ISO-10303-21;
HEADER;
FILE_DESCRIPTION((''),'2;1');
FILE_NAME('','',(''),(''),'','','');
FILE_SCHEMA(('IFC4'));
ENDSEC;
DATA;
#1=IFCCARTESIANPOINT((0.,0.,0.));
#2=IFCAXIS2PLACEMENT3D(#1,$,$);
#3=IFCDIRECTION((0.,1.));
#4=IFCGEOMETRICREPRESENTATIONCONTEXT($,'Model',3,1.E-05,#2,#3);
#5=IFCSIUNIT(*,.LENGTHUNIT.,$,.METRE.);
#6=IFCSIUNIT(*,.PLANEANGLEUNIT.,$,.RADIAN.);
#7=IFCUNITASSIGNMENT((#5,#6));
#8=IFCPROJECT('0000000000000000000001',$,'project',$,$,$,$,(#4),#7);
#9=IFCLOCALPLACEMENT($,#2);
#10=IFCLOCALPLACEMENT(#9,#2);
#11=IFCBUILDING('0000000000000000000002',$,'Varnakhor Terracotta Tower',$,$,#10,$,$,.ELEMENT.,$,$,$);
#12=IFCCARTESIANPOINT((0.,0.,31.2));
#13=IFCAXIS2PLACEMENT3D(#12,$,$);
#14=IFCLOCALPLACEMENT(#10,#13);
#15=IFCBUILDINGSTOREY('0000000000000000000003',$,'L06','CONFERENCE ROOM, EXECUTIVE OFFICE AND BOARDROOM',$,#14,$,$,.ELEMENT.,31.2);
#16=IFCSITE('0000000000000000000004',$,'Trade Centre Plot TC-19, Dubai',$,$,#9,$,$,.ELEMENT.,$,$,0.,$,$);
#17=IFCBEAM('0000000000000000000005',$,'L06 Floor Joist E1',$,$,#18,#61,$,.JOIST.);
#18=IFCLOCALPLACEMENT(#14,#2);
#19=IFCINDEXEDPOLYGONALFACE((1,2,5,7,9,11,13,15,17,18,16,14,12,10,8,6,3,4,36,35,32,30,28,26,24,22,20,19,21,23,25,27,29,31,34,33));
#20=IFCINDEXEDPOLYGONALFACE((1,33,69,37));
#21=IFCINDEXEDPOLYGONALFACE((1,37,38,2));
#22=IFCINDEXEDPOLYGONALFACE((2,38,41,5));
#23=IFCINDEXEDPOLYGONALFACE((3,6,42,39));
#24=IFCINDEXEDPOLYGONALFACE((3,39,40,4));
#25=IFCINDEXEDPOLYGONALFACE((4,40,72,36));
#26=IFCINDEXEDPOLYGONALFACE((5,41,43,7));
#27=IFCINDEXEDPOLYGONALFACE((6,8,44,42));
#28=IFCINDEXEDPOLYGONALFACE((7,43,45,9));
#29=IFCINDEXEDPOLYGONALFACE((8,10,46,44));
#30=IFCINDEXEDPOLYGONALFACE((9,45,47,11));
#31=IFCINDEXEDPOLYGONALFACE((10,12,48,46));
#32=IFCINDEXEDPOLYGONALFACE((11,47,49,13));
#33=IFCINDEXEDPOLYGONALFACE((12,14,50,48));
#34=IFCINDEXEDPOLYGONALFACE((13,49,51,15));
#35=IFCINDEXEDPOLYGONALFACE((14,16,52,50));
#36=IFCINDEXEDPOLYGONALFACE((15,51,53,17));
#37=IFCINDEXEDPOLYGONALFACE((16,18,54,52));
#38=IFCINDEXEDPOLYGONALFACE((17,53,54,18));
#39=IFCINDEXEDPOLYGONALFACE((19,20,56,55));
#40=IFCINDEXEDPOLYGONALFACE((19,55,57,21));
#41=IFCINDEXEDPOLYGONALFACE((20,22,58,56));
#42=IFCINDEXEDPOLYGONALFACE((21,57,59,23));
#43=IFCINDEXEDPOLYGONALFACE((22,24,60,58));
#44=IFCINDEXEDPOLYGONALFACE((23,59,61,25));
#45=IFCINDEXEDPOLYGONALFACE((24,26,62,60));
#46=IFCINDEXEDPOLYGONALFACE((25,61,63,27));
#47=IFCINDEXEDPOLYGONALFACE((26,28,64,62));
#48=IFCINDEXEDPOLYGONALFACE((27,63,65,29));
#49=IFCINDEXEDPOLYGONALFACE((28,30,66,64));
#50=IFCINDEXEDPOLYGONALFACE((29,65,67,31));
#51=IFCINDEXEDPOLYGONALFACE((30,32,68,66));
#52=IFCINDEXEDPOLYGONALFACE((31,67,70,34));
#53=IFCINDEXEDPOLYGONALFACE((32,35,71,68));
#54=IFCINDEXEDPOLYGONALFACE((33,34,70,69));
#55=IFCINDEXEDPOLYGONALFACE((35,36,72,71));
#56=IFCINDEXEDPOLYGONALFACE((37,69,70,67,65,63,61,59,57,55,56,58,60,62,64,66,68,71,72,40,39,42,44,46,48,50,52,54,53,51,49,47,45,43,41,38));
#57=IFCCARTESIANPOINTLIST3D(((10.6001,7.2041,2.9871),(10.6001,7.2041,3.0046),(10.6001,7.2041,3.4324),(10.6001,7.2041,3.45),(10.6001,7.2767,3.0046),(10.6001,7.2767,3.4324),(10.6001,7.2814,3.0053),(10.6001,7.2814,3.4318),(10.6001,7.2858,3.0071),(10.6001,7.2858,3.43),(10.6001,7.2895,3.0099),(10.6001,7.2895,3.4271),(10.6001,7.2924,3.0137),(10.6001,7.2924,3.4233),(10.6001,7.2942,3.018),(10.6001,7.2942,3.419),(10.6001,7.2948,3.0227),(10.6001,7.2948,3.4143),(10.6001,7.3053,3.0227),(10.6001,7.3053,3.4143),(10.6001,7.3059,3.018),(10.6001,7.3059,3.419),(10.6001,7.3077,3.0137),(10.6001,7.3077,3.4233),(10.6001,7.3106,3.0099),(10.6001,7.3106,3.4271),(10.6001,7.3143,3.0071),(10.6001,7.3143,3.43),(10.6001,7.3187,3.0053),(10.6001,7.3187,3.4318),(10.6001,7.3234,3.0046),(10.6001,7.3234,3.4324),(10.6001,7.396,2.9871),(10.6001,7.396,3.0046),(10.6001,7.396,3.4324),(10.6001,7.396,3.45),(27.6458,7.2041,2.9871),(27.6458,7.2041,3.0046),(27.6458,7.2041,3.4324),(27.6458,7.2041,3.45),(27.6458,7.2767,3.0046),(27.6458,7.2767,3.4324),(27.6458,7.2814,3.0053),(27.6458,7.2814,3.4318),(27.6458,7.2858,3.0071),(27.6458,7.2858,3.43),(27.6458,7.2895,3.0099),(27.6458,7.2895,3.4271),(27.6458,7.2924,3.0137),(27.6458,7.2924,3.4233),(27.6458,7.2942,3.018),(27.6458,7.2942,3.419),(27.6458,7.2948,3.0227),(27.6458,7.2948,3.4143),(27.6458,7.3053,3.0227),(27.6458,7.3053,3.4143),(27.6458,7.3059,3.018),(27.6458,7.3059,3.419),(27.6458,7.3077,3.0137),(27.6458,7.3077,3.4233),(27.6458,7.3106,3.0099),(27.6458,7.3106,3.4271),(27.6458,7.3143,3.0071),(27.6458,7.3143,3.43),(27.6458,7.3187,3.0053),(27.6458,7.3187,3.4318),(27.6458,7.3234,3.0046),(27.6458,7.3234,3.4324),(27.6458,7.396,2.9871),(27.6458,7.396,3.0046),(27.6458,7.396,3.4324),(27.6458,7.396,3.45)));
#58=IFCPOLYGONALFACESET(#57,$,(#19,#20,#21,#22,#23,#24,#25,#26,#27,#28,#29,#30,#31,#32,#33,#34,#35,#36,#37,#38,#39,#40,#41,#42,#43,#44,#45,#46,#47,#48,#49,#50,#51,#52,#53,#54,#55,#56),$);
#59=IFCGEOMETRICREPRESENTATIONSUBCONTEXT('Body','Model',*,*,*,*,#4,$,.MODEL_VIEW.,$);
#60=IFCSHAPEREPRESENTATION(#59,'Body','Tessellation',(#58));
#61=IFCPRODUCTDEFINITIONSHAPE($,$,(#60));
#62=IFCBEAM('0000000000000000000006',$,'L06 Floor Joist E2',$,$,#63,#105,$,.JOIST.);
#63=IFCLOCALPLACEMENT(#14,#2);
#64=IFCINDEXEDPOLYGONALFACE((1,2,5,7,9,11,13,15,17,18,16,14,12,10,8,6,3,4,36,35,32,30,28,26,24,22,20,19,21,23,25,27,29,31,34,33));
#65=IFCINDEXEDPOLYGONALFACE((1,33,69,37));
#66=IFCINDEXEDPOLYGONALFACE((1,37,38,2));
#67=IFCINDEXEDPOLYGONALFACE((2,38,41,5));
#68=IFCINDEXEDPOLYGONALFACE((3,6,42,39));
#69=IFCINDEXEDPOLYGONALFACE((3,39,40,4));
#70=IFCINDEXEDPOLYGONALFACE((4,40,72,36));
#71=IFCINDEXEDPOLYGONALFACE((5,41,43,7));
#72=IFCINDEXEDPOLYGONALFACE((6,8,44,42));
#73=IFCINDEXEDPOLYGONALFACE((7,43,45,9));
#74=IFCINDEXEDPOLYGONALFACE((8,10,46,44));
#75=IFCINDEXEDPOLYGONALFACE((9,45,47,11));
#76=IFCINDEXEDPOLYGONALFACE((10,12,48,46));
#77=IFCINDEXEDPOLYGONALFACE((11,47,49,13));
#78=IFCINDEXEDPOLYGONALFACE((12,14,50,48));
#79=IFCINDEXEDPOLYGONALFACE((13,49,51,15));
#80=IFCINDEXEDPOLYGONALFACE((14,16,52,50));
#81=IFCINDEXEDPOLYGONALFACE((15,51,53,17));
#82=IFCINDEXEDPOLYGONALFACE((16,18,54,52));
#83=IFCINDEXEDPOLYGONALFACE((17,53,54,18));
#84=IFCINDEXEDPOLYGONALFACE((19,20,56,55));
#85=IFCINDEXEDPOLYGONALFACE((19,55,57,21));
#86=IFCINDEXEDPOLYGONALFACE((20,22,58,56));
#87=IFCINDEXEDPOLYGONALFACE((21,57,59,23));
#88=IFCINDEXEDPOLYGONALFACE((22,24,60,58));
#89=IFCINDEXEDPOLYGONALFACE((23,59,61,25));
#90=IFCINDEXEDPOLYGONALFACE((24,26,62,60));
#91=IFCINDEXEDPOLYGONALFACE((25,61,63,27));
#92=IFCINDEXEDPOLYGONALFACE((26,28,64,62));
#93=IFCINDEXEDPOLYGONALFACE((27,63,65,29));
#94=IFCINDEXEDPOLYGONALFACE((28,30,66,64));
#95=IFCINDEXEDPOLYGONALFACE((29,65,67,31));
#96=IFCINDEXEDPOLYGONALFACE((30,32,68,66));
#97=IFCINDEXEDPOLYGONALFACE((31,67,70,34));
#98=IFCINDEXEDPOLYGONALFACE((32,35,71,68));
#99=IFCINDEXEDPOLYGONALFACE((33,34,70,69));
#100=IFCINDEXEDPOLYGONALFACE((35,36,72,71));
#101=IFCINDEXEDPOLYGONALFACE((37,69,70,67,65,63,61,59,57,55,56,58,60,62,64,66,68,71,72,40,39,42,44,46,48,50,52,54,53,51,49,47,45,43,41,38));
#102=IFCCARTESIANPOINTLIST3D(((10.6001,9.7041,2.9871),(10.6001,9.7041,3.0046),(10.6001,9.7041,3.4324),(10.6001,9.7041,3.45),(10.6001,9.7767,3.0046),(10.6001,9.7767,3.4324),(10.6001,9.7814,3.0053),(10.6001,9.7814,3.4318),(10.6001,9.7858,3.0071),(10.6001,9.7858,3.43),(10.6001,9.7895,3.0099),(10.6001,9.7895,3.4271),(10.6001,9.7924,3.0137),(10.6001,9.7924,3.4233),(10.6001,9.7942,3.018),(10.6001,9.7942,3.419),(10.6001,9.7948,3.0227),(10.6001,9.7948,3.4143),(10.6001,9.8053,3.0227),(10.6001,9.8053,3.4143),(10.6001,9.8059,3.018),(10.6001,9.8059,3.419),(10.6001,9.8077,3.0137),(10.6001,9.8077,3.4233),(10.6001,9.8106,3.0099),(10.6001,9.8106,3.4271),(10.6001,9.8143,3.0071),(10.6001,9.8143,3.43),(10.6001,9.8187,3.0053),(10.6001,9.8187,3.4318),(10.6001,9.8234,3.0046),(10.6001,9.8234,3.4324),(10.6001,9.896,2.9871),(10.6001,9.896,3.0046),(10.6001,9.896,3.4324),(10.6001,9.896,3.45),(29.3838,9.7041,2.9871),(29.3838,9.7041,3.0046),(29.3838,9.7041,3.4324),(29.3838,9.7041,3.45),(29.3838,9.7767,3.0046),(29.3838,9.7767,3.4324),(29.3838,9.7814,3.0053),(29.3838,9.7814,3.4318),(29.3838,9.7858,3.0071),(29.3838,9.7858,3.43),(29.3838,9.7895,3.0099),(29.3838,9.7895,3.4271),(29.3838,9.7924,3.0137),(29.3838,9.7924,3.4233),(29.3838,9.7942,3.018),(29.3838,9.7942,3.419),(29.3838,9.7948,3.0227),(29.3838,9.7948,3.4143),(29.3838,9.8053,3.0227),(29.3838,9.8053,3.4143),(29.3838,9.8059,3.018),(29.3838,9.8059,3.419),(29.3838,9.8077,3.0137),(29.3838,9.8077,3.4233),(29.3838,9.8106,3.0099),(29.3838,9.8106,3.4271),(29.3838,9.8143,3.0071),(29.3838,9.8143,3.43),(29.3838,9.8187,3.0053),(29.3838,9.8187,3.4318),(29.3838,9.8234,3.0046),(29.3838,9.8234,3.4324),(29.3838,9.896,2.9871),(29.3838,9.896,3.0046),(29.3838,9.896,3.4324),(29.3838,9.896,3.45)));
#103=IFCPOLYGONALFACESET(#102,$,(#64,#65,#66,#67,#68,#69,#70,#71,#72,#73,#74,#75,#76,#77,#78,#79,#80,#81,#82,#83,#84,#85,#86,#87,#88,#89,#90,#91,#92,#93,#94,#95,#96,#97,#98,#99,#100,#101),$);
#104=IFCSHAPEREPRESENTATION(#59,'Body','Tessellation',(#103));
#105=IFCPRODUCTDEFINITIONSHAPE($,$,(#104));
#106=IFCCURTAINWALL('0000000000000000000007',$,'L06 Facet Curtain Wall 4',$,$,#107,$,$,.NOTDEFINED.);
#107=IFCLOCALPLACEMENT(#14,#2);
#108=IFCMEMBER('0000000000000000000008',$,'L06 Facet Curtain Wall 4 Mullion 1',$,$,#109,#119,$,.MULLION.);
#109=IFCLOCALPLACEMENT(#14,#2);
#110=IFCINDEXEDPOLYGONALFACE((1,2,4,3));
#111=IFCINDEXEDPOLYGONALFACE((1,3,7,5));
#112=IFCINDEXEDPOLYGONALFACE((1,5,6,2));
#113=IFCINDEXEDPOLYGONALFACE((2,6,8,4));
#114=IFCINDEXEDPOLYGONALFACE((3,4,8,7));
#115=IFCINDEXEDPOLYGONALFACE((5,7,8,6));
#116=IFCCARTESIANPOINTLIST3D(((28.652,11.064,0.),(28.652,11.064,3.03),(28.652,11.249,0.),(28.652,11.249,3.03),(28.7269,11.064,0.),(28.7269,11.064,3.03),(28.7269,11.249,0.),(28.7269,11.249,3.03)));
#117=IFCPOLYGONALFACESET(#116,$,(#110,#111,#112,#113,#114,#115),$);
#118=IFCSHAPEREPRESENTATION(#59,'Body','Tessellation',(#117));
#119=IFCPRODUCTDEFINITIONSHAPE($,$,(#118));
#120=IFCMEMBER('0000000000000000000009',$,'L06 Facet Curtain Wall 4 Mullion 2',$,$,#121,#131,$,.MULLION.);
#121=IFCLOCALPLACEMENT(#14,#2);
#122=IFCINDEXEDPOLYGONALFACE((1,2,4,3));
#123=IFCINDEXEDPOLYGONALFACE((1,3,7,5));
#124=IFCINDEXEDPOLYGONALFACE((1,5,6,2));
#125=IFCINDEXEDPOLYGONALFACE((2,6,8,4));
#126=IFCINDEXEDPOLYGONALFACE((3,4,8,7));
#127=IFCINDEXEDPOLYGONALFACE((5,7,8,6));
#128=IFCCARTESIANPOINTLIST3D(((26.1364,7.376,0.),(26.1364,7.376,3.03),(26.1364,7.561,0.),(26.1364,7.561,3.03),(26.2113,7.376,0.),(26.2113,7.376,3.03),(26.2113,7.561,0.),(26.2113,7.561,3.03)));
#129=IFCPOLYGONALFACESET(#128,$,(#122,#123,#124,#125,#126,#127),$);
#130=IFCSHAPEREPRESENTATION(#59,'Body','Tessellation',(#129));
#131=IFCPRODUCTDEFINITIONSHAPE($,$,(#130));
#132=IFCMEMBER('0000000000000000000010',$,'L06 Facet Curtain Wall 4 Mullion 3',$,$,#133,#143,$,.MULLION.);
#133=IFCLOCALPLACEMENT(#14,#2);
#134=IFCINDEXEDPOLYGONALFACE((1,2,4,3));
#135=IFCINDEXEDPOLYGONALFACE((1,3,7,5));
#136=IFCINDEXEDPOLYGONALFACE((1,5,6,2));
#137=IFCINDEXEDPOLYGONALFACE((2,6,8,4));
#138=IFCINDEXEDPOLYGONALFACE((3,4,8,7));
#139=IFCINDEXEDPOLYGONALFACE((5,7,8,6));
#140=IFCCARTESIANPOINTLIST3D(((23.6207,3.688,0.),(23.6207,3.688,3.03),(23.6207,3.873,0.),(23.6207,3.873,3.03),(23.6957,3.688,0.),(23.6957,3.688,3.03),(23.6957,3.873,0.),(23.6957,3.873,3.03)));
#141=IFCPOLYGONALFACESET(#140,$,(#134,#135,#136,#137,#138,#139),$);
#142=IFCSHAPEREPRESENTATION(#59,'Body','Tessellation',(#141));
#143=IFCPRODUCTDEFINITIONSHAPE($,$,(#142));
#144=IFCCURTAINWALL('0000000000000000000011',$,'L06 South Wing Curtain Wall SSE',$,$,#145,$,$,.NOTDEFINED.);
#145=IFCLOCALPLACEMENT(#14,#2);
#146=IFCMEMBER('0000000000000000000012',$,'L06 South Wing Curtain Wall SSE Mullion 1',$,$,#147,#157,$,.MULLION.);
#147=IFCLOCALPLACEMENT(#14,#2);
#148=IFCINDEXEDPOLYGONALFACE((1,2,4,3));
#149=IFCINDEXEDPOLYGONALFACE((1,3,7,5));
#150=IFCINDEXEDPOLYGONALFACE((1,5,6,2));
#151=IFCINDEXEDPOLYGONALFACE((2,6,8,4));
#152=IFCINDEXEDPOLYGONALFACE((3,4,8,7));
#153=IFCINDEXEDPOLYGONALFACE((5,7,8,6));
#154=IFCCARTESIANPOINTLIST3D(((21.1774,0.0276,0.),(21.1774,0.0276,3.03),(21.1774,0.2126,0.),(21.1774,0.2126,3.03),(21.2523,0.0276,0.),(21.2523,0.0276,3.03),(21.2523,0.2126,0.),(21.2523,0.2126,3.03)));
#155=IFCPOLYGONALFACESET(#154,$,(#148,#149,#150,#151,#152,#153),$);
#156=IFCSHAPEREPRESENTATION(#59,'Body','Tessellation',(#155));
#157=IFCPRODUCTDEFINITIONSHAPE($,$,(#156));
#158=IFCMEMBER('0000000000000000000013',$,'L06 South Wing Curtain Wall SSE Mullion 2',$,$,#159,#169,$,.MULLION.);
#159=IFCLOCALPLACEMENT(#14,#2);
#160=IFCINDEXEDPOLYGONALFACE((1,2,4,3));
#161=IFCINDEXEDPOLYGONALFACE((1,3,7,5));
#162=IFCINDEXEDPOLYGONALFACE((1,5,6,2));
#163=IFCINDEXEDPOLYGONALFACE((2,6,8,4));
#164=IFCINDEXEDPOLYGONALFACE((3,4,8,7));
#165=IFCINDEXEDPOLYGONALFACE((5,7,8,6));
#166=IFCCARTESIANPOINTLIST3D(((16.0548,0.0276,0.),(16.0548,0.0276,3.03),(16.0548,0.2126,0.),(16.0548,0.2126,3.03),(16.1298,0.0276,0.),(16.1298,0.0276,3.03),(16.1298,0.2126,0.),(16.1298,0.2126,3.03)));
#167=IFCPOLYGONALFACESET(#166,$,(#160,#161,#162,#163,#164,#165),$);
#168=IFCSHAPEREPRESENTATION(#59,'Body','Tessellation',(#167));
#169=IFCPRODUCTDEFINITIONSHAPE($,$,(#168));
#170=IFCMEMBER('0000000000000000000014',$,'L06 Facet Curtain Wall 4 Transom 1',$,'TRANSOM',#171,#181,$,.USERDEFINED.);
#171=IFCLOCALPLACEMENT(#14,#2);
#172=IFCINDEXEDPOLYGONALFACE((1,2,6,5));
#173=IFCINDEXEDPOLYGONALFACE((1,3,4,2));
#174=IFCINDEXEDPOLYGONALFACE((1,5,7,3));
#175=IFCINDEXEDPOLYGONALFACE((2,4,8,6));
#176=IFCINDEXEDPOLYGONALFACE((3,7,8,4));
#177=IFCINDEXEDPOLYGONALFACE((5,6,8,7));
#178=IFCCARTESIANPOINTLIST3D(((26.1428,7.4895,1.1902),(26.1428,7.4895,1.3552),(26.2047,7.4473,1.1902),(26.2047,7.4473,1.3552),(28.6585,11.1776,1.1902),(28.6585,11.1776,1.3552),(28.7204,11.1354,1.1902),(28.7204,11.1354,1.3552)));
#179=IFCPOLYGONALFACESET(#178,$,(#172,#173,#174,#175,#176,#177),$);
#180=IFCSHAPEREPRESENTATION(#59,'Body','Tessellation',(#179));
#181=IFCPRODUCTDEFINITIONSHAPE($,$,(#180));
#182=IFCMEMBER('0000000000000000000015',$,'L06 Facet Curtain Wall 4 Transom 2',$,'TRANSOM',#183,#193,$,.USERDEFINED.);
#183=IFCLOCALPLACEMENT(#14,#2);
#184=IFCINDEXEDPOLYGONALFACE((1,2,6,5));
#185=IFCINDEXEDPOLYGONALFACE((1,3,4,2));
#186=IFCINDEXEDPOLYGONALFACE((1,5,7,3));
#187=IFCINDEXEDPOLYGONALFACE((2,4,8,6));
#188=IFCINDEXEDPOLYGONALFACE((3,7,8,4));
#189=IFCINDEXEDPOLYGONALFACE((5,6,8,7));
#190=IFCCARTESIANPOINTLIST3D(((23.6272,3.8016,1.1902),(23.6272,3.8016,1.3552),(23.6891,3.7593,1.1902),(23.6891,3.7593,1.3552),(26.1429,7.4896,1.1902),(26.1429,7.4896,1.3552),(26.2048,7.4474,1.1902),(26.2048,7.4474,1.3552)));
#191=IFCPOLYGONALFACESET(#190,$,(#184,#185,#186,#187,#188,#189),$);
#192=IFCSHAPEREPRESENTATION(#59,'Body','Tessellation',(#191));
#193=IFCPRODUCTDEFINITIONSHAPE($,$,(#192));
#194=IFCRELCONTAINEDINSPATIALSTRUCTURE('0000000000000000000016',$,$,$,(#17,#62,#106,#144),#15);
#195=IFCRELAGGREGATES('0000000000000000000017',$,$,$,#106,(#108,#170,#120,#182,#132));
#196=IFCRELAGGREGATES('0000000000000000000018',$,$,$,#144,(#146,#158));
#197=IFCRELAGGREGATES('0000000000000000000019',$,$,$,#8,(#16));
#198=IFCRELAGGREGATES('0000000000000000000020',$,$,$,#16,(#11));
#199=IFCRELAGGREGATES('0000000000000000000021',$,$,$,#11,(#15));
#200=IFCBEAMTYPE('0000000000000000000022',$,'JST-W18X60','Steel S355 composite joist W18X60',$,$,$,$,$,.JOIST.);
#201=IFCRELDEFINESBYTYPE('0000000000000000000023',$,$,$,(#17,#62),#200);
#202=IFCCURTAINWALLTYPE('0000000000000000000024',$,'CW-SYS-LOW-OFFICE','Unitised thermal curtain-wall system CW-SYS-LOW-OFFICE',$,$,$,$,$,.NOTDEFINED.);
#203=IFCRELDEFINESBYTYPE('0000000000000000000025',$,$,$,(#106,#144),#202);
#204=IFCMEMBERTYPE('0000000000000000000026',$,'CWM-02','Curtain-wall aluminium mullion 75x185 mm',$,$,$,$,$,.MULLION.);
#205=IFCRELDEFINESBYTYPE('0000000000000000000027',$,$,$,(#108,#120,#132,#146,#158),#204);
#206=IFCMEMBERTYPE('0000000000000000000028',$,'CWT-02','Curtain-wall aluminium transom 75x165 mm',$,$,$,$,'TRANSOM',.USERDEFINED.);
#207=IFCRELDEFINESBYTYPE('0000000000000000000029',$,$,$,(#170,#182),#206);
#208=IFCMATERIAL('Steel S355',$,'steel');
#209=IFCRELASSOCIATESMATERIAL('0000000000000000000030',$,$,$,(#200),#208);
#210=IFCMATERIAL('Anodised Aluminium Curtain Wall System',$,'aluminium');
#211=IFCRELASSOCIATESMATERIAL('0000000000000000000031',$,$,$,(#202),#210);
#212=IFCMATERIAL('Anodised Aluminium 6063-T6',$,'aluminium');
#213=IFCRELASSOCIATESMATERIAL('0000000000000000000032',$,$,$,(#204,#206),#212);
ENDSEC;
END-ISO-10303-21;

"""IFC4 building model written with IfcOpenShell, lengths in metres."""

from ifc_helpers import new_model, si_unit, direction, frame, origin, origin_2d, place, context, subcontext, project, spatial, rectangle, i_section, extrude, source, transform, mapped, material, material_profile, profile_set, type_object, type_shapes, element, aggregate, save


model = new_model("IFC4")

# Units and contexts
model_context = context("Model", 3, precision=1e-05, world=origin(), true_north=direction((0.0, 1.0)))
body_context = subcontext(model_context, "Body", "Model", "MODEL_VIEW")
ifc_project = project(units=[si_unit("LENGTHUNIT", "METRE"), si_unit("PLANEANGLEUNIT", "RADIAN")], contexts=[model_context])

# Site, building, storey
site_placement = place(None, origin())
site = spatial("IfcSite", under=ifc_project, at=site_placement, Name="Trade Centre Plot TC-19, Dubai", CompositionType="ELEMENT", RefElevation=0.0)
building_placement = place(site_placement, origin())
building = spatial("IfcBuilding", under=site, at=building_placement, Name="Varnakhor Terracotta Tower", CompositionType="ELEMENT")
storey_placement = place(building_placement, frame((0.0, 0.0, 31.2)))
storey = spatial("IfcBuildingStorey", under=building, at=storey_placement, Name="L06", Description="CONFERENCE ROOM, EXECUTIVE OFFICE AND BOARDROOM", CompositionType="ELEMENT", Elevation=31.2)

# Beams
ifc_material_1 = material(Name="Steel S355", Category="steel")
ifc_material_profile_1 = material_profile(ifc_material_1, i_section(OverallWidth=0.1919, OverallDepth=0.4629, WebThickness=0.0105, FlangeThickness=0.0176, FilletRadius=0.0181, at=origin_2d()), Name="W18X60")
ifc_profile_set_1 = profile_set([ifc_material_profile_1], Name="Steel S355")
beam_type_1 = type_object("IfcBeamType", Name="JST-W18X60", Description="Steel S355 composite joist W18X60", PredefinedType="JOIST", material=ifc_profile_set_1)
shared_shape_1 = source(origin(), body_context, "Body", "SweptSolid", [
    extrude(i_section(OverallWidth=0.1919, OverallDepth=0.4629, WebThickness=0.0105, FlangeThickness=0.0176, FilletRadius=0.0181, at=origin_2d()), origin(), (0.0, 0.0, 1.0), 17.0457),
])
beam_1_placement = place(storey_placement, frame((10.6001, 7.3, 3.2185), z_axis=(1.0, 0.0, 0.0), x_axis=(0.0, 1.0, 0.0)))
element("IfcBeam", 1, at=beam_1_placement, inside=storey, type_object=beam_type_1, Name="L06 Floor Joist E1", PredefinedType="JOIST", context=body_context, shape_type="MappedRepresentation", body=[
    mapped(shared_shape_1, transform((0.0, 0.0, 0.0), scale=1.0)),
])
shared_shape_2 = source(origin(), body_context, "Body", "SweptSolid", [
    extrude(i_section(OverallWidth=0.1919, OverallDepth=0.4629, WebThickness=0.0105, FlangeThickness=0.0176, FilletRadius=0.0181, at=origin_2d()), origin(), (0.0, 0.0, 1.0), 18.7837),
])
beam_2_placement = place(storey_placement, frame((10.6001, 9.8, 3.2185), z_axis=(1.0, 0.0, 0.0), x_axis=(0.0, 1.0, 0.0)))
element("IfcBeam", 2, at=beam_2_placement, inside=storey, type_object=beam_type_1, Name="L06 Floor Joist E2", PredefinedType="JOIST", context=body_context, shape_type="MappedRepresentation", body=[
    mapped(shared_shape_2, transform((0.0, 0.0, 0.0), scale=1.0)),
])

# Curtain walls, members
ifc_material_2 = material(Name="Anodised Aluminium Curtain Wall System", Category="aluminium")
curtain_wall_type = type_object("IfcCurtainWallType", Name="CW-SYS-LOW-OFFICE", Description="Unitised thermal curtain-wall system CW-SYS-LOW-OFFICE", PredefinedType="NOTDEFINED", material=ifc_material_2)
curtain_wall_1_placement = place(storey_placement, origin())
curtain_wall_1 = element("IfcCurtainWall", 3, at=curtain_wall_1_placement, inside=storey, type_object=curtain_wall_type, Name="L06 Facet Curtain Wall 4", PredefinedType="NOTDEFINED")
ifc_material_3 = material(Name="Anodised Aluminium 6063-T6", Category="aluminium")
ifc_material_profile_2 = material_profile(ifc_material_3, rectangle(XDim=0.075, YDim=0.1851, at=origin_2d()), Name="ALU MULLION 75x185")
ifc_profile_set_2 = profile_set([ifc_material_profile_2], Name="Anodised Aluminium 6063-T6")
member_type_1 = type_object("IfcMemberType", Name="CWM-02", Description="Curtain-wall aluminium mullion 75x185 mm", PredefinedType="MULLION", material=ifc_profile_set_2)
shared_shape_3 = source(origin(), body_context, "Body", "SweptSolid", [
    extrude(rectangle(XDim=0.075, YDim=0.1851, at=origin_2d()), origin(), (0.0, 0.0, 1.0), 3.03),
])
type_shapes(member_type_1, [shared_shape_3])
member_1_placement = place(storey_placement, frame((28.6895, 11.1565, 0.0), z_axis=(0.0, 0.0, 1.0), x_axis=(1.0, 0.0, 0.0)))
member_1 = element("IfcMember", 4, at=member_1_placement, type_object=member_type_1, Name="L06 Facet Curtain Wall 4 Mullion 1", PredefinedType="MULLION", context=body_context, shape_type="MappedRepresentation", body=[
    mapped(shared_shape_3, transform((0.0, 0.0, 0.0), scale=1.0)),
])
member_2_placement = place(storey_placement, frame((26.1738, 7.4685, 0.0), z_axis=(0.0, 0.0, 1.0), x_axis=(1.0, 0.0, 0.0)))
member_2 = element("IfcMember", 5, at=member_2_placement, type_object=member_type_1, Name="L06 Facet Curtain Wall 4 Mullion 2", PredefinedType="MULLION", context=body_context, shape_type="MappedRepresentation", body=[
    mapped(shared_shape_3, transform((0.0, 0.0, 0.0), scale=1.0)),
])
member_3_placement = place(storey_placement, frame((23.6582, 3.7805, 0.0), z_axis=(0.0, 0.0, 1.0), x_axis=(1.0, 0.0, 0.0)))
member_3 = element("IfcMember", 6, at=member_3_placement, type_object=member_type_1, Name="L06 Facet Curtain Wall 4 Mullion 3", PredefinedType="MULLION", context=body_context, shape_type="MappedRepresentation", body=[
    mapped(shared_shape_3, transform((0.0, 0.0, 0.0), scale=1.0)),
])
curtain_wall_2_placement = place(storey_placement, origin())
curtain_wall_2 = element("IfcCurtainWall", 7, at=curtain_wall_2_placement, inside=storey, type_object=curtain_wall_type, Name="L06 South Wing Curtain Wall SSE", PredefinedType="NOTDEFINED")
member_4_placement = place(storey_placement, frame((21.2148, 0.1201, 0.0), z_axis=(0.0, 0.0, 1.0), x_axis=(1.0, 0.0, 0.0)))
member_4 = element("IfcMember", 8, at=member_4_placement, type_object=member_type_1, Name="L06 South Wing Curtain Wall SSE Mullion 1", PredefinedType="MULLION", context=body_context, shape_type="MappedRepresentation", body=[
    mapped(shared_shape_3, transform((0.0, 0.0, 0.0), scale=1.0)),
])
member_5_placement = place(storey_placement, frame((16.0923, 0.1201, 0.0), z_axis=(0.0, 0.0, 1.0), x_axis=(1.0, 0.0, 0.0)))
member_5 = element("IfcMember", 9, at=member_5_placement, type_object=member_type_1, Name="L06 South Wing Curtain Wall SSE Mullion 2", PredefinedType="MULLION", context=body_context, shape_type="MappedRepresentation", body=[
    mapped(shared_shape_3, transform((0.0, 0.0, 0.0), scale=1.0)),
])

# Members
ifc_material_profile_3 = material_profile(ifc_material_3, rectangle(XDim=0.075, YDim=0.165, at=origin_2d()), Name="ALU TRANSOM 75x165")
ifc_profile_set_3 = profile_set([ifc_material_profile_3], Name="Anodised Aluminium 6063-T6")
member_type_2 = type_object("IfcMemberType", Name="CWT-02", Description="Curtain-wall aluminium transom 75x165 mm", ElementType="TRANSOM", PredefinedType="USERDEFINED", material=ifc_profile_set_3)
shared_shape_4 = source(origin(), body_context, "Body", "SweptSolid", [
    extrude(rectangle(XDim=0.075, YDim=0.165, at=origin_2d()), origin(), (0.0, 0.0, 1.0), 4.4644),
])
member_6_placement = place(storey_placement, frame((28.6895, 11.1565, 1.2727), z_axis=(-0.563503, -0.826114, 0.0), x_axis=(0.826114, -0.563503, 0.0)))
member_6 = element("IfcMember", 10, at=member_6_placement, type_object=member_type_2, Name="L06 Facet Curtain Wall 4 Transom 1", ObjectType="TRANSOM", PredefinedType="USERDEFINED", context=body_context, shape_type="MappedRepresentation", body=[
    mapped(shared_shape_4, transform((0.0, 0.0, 0.0), scale=1.0)),
])
member_7_placement = place(storey_placement, frame((26.1738, 7.4685, 1.2727), z_axis=(-0.563503, -0.826114, 0.0), x_axis=(0.826114, -0.563503, 0.0)))
member_7 = element("IfcMember", 11, at=member_7_placement, type_object=member_type_2, Name="L06 Facet Curtain Wall 4 Transom 2", ObjectType="TRANSOM", PredefinedType="USERDEFINED", context=body_context, shape_type="MappedRepresentation", body=[
    mapped(shared_shape_4, transform((0.0, 0.0, 0.0), scale=1.0)),
])

aggregate(curtain_wall_1, [member_1, member_6, member_2, member_7, member_3])
aggregate(curtain_wall_2, [member_4, member_5])

save(model, "model.ifc")
